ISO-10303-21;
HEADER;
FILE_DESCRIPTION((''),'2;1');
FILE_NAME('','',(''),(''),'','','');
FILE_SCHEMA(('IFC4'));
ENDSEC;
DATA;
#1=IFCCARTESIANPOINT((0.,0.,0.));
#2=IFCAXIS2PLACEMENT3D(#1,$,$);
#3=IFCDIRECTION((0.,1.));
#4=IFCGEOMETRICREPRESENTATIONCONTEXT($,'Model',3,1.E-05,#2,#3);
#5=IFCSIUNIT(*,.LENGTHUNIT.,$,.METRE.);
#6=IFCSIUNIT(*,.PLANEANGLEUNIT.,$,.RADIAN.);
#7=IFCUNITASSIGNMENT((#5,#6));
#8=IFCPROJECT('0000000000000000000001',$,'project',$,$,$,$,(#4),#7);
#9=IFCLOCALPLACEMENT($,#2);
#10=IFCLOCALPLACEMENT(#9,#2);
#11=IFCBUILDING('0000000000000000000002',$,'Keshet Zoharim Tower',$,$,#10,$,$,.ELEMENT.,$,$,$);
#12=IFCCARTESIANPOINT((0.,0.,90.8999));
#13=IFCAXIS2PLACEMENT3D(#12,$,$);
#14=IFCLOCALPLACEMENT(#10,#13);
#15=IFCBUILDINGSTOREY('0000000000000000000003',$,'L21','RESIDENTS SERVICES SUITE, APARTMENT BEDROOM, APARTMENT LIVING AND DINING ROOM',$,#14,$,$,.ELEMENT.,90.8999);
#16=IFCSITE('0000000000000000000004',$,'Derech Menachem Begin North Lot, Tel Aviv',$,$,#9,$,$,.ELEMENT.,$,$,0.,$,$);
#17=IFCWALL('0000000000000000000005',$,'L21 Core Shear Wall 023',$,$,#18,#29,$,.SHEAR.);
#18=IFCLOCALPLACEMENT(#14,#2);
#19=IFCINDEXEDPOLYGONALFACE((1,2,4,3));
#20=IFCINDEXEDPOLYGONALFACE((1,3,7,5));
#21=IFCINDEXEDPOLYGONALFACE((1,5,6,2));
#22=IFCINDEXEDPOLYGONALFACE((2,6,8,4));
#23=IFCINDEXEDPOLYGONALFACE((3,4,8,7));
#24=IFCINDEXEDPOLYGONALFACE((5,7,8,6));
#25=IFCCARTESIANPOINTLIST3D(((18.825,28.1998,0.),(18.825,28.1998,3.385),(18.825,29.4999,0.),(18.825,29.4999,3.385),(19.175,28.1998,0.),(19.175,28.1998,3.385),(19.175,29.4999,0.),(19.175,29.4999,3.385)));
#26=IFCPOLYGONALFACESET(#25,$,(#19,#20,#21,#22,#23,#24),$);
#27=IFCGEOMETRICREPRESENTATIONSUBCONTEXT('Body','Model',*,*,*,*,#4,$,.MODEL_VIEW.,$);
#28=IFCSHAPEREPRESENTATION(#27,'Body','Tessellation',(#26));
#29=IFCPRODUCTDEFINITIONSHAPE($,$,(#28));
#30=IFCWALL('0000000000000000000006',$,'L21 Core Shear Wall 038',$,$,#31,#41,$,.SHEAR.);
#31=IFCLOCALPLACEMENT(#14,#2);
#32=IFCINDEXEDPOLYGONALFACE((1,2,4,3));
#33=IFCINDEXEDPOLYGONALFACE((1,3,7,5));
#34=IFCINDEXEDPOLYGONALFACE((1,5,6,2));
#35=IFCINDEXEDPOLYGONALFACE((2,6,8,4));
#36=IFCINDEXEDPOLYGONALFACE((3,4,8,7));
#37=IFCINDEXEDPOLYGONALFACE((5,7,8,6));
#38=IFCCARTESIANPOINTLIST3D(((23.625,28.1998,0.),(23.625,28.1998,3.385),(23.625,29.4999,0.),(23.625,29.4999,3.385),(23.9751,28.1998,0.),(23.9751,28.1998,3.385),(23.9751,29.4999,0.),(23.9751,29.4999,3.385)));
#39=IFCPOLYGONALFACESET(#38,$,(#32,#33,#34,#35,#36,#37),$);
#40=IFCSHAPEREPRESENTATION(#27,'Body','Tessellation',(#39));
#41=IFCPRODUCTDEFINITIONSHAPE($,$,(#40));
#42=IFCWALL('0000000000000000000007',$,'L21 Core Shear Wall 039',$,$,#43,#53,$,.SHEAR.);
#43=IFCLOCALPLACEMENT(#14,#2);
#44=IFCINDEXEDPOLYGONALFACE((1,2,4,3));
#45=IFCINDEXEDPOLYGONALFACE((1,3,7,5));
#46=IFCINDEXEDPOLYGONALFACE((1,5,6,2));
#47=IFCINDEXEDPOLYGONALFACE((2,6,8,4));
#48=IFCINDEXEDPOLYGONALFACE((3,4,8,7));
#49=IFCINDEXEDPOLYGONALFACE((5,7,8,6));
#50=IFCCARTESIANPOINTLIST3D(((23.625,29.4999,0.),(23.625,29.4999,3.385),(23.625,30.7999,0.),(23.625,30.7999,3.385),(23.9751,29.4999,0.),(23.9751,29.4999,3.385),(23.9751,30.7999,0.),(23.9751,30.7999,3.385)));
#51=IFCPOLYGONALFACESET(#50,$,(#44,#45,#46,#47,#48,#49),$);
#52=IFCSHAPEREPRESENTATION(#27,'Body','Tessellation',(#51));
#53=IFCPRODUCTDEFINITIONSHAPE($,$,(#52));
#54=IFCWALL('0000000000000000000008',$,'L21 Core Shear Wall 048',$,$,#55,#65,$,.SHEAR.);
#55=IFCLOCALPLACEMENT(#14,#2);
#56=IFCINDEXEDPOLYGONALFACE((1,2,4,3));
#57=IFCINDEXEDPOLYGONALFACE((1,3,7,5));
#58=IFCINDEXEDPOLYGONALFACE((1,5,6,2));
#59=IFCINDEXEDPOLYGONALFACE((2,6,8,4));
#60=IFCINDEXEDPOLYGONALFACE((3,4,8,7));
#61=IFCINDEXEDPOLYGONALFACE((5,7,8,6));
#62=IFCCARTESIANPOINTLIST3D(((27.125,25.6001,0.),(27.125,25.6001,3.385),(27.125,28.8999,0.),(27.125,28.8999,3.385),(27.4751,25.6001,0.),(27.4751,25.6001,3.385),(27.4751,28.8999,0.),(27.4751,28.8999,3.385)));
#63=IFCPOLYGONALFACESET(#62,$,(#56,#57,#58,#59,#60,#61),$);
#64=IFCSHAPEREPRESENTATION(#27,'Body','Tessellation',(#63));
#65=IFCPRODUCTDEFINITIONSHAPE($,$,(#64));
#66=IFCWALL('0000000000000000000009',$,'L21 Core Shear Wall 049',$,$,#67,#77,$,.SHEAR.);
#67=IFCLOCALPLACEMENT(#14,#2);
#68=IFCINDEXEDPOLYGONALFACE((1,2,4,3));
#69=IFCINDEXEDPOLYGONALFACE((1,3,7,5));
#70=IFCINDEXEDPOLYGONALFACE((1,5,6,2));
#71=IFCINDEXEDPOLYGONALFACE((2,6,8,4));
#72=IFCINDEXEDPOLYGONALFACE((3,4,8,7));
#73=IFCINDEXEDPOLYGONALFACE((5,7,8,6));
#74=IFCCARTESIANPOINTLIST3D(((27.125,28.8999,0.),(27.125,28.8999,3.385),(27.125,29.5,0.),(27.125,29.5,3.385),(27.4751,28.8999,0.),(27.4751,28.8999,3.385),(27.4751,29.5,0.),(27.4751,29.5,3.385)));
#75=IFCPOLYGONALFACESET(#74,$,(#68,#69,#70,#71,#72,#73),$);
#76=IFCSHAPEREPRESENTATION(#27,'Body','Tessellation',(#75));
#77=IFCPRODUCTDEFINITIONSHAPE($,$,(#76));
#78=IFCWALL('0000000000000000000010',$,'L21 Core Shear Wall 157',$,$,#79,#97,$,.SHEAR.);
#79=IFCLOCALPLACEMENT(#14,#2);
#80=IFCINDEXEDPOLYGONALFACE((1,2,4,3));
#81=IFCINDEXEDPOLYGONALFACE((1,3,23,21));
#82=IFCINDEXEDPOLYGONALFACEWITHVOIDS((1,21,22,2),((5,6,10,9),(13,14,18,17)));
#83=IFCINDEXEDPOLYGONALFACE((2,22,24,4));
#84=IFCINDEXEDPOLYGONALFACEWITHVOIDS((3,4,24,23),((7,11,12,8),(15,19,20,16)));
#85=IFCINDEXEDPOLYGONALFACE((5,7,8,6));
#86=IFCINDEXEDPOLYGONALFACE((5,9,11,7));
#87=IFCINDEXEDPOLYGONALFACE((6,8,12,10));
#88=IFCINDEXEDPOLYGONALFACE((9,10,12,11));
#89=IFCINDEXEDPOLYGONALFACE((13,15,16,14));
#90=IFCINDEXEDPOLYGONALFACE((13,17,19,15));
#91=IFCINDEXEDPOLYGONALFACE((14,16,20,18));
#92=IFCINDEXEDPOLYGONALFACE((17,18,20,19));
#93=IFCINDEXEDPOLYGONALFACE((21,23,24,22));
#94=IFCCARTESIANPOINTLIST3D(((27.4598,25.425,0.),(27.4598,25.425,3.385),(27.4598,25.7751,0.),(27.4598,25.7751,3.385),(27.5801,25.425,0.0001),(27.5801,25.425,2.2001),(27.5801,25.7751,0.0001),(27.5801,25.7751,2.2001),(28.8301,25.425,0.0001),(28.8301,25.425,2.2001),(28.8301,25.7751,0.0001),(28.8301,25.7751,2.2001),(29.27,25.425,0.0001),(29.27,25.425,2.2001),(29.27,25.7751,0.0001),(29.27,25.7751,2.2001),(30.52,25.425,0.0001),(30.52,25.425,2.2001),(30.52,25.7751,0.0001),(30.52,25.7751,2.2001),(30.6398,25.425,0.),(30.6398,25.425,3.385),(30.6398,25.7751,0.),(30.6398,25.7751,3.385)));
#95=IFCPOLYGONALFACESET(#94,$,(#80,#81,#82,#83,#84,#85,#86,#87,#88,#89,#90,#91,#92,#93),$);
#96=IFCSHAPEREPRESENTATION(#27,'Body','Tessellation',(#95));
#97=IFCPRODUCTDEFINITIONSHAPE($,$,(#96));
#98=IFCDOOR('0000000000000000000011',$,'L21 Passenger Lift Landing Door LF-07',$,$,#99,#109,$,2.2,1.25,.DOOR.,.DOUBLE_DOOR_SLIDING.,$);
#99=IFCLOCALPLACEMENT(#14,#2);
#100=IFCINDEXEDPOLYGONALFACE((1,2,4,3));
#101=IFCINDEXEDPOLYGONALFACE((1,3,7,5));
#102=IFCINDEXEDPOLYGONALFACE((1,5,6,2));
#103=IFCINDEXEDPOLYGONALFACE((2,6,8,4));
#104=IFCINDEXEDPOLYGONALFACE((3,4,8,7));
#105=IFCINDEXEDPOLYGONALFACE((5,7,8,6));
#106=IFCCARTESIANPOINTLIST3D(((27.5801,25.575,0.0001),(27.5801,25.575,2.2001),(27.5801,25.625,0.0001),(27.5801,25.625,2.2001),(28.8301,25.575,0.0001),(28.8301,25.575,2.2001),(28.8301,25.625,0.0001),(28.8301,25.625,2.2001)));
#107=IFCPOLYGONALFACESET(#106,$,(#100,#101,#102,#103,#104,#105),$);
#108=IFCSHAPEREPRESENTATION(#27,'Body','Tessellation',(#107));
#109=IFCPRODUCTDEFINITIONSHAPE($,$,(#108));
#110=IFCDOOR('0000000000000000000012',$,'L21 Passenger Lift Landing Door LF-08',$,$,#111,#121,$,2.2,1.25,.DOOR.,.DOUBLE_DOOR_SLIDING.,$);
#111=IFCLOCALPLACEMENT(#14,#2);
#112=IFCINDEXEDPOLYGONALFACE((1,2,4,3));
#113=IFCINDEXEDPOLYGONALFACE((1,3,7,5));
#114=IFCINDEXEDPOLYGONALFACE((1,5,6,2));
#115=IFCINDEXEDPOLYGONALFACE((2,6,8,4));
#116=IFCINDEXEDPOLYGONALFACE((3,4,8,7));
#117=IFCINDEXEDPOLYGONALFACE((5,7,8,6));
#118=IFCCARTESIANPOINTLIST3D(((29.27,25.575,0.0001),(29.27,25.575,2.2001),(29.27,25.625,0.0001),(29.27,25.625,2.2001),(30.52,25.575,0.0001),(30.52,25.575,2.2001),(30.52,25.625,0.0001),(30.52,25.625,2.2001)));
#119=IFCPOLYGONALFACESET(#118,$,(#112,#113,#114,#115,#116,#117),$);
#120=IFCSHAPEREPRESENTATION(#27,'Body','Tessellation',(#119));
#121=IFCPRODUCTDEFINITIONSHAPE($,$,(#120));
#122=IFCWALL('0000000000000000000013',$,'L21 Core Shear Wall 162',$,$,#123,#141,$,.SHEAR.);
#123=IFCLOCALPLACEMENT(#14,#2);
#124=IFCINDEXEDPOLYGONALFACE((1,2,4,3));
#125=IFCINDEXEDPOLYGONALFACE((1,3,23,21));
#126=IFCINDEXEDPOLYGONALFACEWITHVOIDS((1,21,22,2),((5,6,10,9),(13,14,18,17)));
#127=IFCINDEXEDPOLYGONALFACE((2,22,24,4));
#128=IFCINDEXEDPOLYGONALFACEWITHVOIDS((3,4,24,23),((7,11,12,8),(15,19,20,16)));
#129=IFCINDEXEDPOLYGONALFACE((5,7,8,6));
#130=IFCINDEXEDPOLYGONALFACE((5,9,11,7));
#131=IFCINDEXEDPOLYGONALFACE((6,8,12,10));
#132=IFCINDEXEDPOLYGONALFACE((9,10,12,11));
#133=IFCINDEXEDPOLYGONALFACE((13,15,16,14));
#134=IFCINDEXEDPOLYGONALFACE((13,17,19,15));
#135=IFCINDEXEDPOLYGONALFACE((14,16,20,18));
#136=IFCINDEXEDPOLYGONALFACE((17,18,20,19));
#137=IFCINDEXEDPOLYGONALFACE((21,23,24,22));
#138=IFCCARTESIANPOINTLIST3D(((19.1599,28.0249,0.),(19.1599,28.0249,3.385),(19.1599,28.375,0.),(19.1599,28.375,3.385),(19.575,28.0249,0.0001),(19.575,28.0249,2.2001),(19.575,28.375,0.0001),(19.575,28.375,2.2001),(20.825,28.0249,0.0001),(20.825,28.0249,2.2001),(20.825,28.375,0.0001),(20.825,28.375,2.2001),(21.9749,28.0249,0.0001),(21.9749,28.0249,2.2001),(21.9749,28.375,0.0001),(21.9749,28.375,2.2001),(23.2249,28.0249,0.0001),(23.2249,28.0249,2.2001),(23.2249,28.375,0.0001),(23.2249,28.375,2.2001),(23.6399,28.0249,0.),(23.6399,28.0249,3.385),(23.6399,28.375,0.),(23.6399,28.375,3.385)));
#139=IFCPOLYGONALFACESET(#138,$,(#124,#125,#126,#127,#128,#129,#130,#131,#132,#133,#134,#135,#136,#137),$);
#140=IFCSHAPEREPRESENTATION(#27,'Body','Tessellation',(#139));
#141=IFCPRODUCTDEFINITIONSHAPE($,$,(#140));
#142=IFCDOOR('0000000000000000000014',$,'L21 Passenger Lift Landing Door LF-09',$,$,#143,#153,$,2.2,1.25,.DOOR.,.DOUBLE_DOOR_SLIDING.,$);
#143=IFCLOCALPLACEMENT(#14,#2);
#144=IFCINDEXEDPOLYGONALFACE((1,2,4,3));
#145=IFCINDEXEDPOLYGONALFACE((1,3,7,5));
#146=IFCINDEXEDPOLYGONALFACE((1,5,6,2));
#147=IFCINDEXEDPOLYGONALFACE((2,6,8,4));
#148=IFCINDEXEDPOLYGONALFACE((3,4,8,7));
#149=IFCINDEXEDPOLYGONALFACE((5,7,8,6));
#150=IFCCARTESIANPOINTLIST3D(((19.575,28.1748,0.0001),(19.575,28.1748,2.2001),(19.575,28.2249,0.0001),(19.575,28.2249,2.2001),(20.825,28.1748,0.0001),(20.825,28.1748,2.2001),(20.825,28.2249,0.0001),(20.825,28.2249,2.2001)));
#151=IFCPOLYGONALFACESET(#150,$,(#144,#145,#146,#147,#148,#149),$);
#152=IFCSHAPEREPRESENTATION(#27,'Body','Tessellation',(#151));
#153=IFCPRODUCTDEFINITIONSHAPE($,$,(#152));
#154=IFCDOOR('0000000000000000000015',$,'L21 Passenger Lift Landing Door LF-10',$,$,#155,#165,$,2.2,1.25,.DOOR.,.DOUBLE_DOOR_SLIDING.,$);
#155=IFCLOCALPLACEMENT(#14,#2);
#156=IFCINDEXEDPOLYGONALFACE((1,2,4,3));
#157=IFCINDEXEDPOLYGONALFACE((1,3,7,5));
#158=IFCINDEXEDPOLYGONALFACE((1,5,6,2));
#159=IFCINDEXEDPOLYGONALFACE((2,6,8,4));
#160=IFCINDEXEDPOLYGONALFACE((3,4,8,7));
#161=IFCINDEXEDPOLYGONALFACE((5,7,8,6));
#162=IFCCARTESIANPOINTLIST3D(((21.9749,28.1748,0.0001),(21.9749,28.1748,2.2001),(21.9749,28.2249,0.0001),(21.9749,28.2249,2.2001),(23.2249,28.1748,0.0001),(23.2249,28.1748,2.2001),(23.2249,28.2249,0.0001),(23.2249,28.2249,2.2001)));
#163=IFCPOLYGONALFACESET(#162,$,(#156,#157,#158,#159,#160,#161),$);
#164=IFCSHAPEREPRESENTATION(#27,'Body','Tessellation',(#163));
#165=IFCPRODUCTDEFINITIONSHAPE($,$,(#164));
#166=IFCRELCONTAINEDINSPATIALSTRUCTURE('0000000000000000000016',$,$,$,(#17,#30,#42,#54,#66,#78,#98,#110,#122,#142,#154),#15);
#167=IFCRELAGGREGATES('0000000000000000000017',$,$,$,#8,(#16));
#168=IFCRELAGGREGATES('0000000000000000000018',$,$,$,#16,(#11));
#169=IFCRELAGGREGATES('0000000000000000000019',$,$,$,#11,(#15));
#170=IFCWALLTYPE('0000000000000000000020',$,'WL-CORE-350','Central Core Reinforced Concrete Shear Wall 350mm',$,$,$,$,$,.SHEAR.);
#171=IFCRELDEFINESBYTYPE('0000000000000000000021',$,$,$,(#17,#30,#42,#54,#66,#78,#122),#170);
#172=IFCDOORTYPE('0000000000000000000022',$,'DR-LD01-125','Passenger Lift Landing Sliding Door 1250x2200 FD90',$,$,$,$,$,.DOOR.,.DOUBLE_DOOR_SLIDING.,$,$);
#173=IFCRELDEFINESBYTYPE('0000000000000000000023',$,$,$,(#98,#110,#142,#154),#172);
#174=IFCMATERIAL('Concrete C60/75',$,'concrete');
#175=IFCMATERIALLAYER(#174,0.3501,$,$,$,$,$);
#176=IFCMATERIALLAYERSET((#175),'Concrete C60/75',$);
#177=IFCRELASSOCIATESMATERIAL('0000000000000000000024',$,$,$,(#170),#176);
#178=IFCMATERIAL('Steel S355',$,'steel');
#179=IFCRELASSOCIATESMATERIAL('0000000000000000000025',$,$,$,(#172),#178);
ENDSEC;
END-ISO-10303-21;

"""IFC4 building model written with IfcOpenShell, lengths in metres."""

from ifc_helpers import new_model, si_unit, direction, frame, frame_2d, origin, place, context, subcontext, project, spatial, rectangle, extrude, material, layer, layer_set, type_object, element, fill, save


model = new_model("IFC4")

# Units and contexts
model_context = context("Model", 3, precision=1e-05, world=origin(), true_north=direction((0.0, 1.0)))
body_context = subcontext(model_context, "Body", "Model", "MODEL_VIEW")
ifc_project = project(units=[si_unit("LENGTHUNIT", "METRE"), si_unit("PLANEANGLEUNIT", "RADIAN")], contexts=[model_context])

# Site, building, storey
site_placement = place(None, origin())
site = spatial("IfcSite", under=ifc_project, at=site_placement, Name="Derech Menachem Begin North Lot, Tel Aviv", CompositionType="ELEMENT", RefElevation=0.0)
building_placement = place(site_placement, origin())
building = spatial("IfcBuilding", under=site, at=building_placement, Name="Keshet Zoharim Tower", CompositionType="ELEMENT")
storey_placement = place(building_placement, frame((0.0, 0.0, 90.8999)))
storey = spatial("IfcBuildingStorey", under=building, at=storey_placement, Name="L21", Description="RESIDENTS SERVICES SUITE, APARTMENT BEDROOM, APARTMENT LIVING AND DINING ROOM", CompositionType="ELEMENT", Elevation=90.8999)

# Wall
ifc_material_1 = material(Name="Concrete C60/75", Category="concrete")
ifc_layer_1 = layer(ifc_material_1, 0.3501)
ifc_layer_set_1 = layer_set([ifc_layer_1], Name="Concrete C60/75")
wall_type_1 = type_object("IfcWallType", Name="WL-CORE-350", Description="Central Core Reinforced Concrete Shear Wall 350mm", PredefinedType="SHEAR", material=ifc_layer_set_1)
wall_1_placement = place(storey_placement, frame((19.0, 28.2, 0.0), z_axis=(0.0, 0.0, 1.0), x_axis=(0.0, 1.0, 0.0)))
element("IfcWall", 1, at=wall_1_placement, inside=storey, type_object=wall_type_1, Name="L21 Core Shear Wall 023", PredefinedType="SHEAR", context=body_context, shape_type="SweptSolid", body=[
    extrude(rectangle(XDim=1.3, YDim=0.3501, at=frame_2d((0.6499, 0.0))), origin(), (0.0, 0.0, 1.0), 3.385),
])

# Walls
for number, where, z_axis, x_axis, name in (
    (2, (23.8, 28.2, 0.0), (0.0, 0.0, 1.0), (0.0, 1.0, 0.0), "L21 Core Shear Wall 038"),
    (3, (23.8, 29.5, 0.0), (0.0, 0.0, 1.0), (0.0, 1.0, 0.0), "L21 Core Shear Wall 039"),
):
    element("IfcWall", number, at=place(storey_placement, frame(where, z_axis=z_axis, x_axis=x_axis)), inside=storey, type_object=wall_type_1, Name=name, PredefinedType="SHEAR", context=body_context, shape_type="SweptSolid", body=[
        extrude(rectangle(XDim=1.3, YDim=0.3501, at=frame_2d((0.6499, 0.0))), origin(), (0.0, 0.0, 1.0), 3.385),
    ])
wall_2_placement = place(storey_placement, frame((27.3, 25.6001, 0.0), z_axis=(0.0, 0.0, 1.0), x_axis=(0.0, 1.0, 0.0)))
element("IfcWall", 4, at=wall_2_placement, inside=storey, type_object=wall_type_1, Name="L21 Core Shear Wall 048", PredefinedType="SHEAR", context=body_context, shape_type="SweptSolid", body=[
    extrude(rectangle(XDim=3.2998, YDim=0.3501, at=frame_2d((1.6499, 0.0))), origin(), (0.0, 0.0, 1.0), 3.385),
])
wall_3_placement = place(storey_placement, frame((27.3, 28.8999, 0.0), z_axis=(0.0, 0.0, 1.0), x_axis=(0.0, 1.0, 0.0)))
element("IfcWall", 5, at=wall_3_placement, inside=storey, type_object=wall_type_1, Name="L21 Core Shear Wall 049", PredefinedType="SHEAR", context=body_context, shape_type="SweptSolid", body=[
    extrude(rectangle(XDim=0.6001, YDim=0.3501, at=frame_2d((0.3, 0.0))), origin(), (0.0, 0.0, 1.0), 3.385),
])

# Walls, openings, doors
wall_4_placement = place(storey_placement, frame((27.46, 25.6001, 0.0), z_axis=(0.0, 0.0, 1.0), x_axis=(1.0, 0.0, 0.0)))
wall_4 = element("IfcWall", 6, at=wall_4_placement, inside=storey, type_object=wall_type_1, Name="L21 Core Shear Wall 157", PredefinedType="SHEAR", context=body_context, shape_type="SweptSolid", body=[
    extrude(rectangle(XDim=3.1799, YDim=0.3501, at=frame_2d((1.5898, 0.0))), origin(), (0.0, 0.0, 1.0), 3.385),
])
opening_1_placement = place(wall_4_placement, frame((0.1201, 0.0, 0.0)))
opening_1 = element("IfcOpeningElement", 7, at=opening_1_placement, cuts=wall_4, PredefinedType="OPENING", context=body_context, shape_type="SweptSolid", body=[
    extrude(rectangle(XDim=1.25, YDim=2.2, at=frame_2d((0.625, 1.1001))), frame((0.0, 0.1851, 0.0), z_axis=(0.0, -1.0, 0.0), x_axis=(1.0, 0.0, 0.0)), (0.0, 0.0, 1.0), 0.3701),
])
opening_2_placement = place(wall_4_placement, frame((1.8101, 0.0, 0.0)))
opening_2 = element("IfcOpeningElement", 8, at=opening_2_placement, cuts=wall_4, PredefinedType="OPENING", context=body_context, shape_type="SweptSolid", body=[
    extrude(rectangle(XDim=1.25, YDim=2.2, at=frame_2d((0.625, 1.1001))), frame((0.0, 0.1851, 0.0), z_axis=(0.0, -1.0, 0.0), x_axis=(1.0, 0.0, 0.0)), (0.0, 0.0, 1.0), 0.3701),
])
ifc_material_2 = material(Name="Steel S355", Category="steel")
door_type_1 = type_object("IfcDoorType", Name="DR-LD01-125", Description="Passenger Lift Landing Sliding Door 1250x2200 FD90", OperationType="DOUBLE_DOOR_SLIDING", PredefinedType="DOOR", material=ifc_material_2)
door_1_placement = place(opening_1_placement, origin())
door_1 = element("IfcDoor", 9, at=door_1_placement, inside=storey, type_object=door_type_1, Name="L21 Passenger Lift Landing Door LF-07", OperationType="DOUBLE_DOOR_SLIDING", OverallHeight=2.2, OverallWidth=1.25, PredefinedType="DOOR", context=body_context, shape_type="SweptSolid", body=[
    extrude(rectangle(XDim=1.25, YDim=2.2, at=frame_2d((0.625, 1.1001))), frame((0.0, 0.0249, 0.0), z_axis=(0.0, -1.0, 0.0), x_axis=(1.0, 0.0, 0.0)), (0.0, 0.0, 1.0), 0.05),
])
fill(opening_1, door_1)
door_2_placement = place(opening_2_placement, origin())
door_2 = element("IfcDoor", 10, at=door_2_placement, inside=storey, type_object=door_type_1, Name="L21 Passenger Lift Landing Door LF-08", OperationType="DOUBLE_DOOR_SLIDING", OverallHeight=2.2, OverallWidth=1.25, PredefinedType="DOOR", context=body_context, shape_type="SweptSolid", body=[
    extrude(rectangle(XDim=1.25, YDim=2.2, at=frame_2d((0.625, 1.1001))), frame((0.0, 0.0249, 0.0), z_axis=(0.0, -1.0, 0.0), x_axis=(1.0, 0.0, 0.0)), (0.0, 0.0, 1.0), 0.05),
])
fill(opening_2, door_2)
wall_5_placement = place(storey_placement, frame((19.1599, 28.2, 0.0), z_axis=(0.0, 0.0, 1.0), x_axis=(1.0, 0.0, 0.0)))
wall_5 = element("IfcWall", 11, at=wall_5_placement, inside=storey, type_object=wall_type_1, Name="L21 Core Shear Wall 162", PredefinedType="SHEAR", context=body_context, shape_type="SweptSolid", body=[
    extrude(rectangle(XDim=4.48, YDim=0.3501, at=frame_2d((2.24, 0.0))), origin(), (0.0, 0.0, 1.0), 3.385),
])
opening_3_placement = place(wall_5_placement, frame((0.415, 0.0, 0.0)))
opening_3 = element("IfcOpeningElement", 12, at=opening_3_placement, cuts=wall_5, PredefinedType="OPENING", context=body_context, shape_type="SweptSolid", body=[
    extrude(rectangle(XDim=1.25, YDim=2.2, at=frame_2d((0.625, 1.1001))), frame((0.0, 0.1851, 0.0), z_axis=(0.0, -1.0, 0.0), x_axis=(1.0, 0.0, 0.0)), (0.0, 0.0, 1.0), 0.3701),
])
opening_4_placement = place(wall_5_placement, frame((2.8149, 0.0, 0.0)))
opening_4 = element("IfcOpeningElement", 13, at=opening_4_placement, cuts=wall_5, PredefinedType="OPENING", context=body_context, shape_type="SweptSolid", body=[
    extrude(rectangle(XDim=1.25, YDim=2.2, at=frame_2d((0.625, 1.1001))), frame((0.0, 0.1851, 0.0), z_axis=(0.0, -1.0, 0.0), x_axis=(1.0, 0.0, 0.0)), (0.0, 0.0, 1.0), 0.3701),
])
door_3_placement = place(opening_3_placement, origin())
door_3 = element("IfcDoor", 14, at=door_3_placement, inside=storey, type_object=door_type_1, Name="L21 Passenger Lift Landing Door LF-09", OperationType="DOUBLE_DOOR_SLIDING", OverallHeight=2.2, OverallWidth=1.25, PredefinedType="DOOR", context=body_context, shape_type="SweptSolid", body=[
    extrude(rectangle(XDim=1.25, YDim=2.2, at=frame_2d((0.625, 1.1001))), frame((0.0, 0.0249, 0.0), z_axis=(0.0, -1.0, 0.0), x_axis=(1.0, 0.0, 0.0)), (0.0, 0.0, 1.0), 0.05),
])
fill(opening_3, door_3)
door_4_placement = place(opening_4_placement, origin())
door_4 = element("IfcDoor", 15, at=door_4_placement, inside=storey, type_object=door_type_1, Name="L21 Passenger Lift Landing Door LF-10", OperationType="DOUBLE_DOOR_SLIDING", OverallHeight=2.2, OverallWidth=1.25, PredefinedType="DOOR", context=body_context, shape_type="SweptSolid", body=[
    extrude(rectangle(XDim=1.25, YDim=2.2, at=frame_2d((0.625, 1.1001))), frame((0.0, 0.0249, 0.0), z_axis=(0.0, -1.0, 0.0), x_axis=(1.0, 0.0, 0.0)), (0.0, 0.0, 1.0), 0.05),
])
fill(opening_4, door_4)

save(model, "model.ifc")
